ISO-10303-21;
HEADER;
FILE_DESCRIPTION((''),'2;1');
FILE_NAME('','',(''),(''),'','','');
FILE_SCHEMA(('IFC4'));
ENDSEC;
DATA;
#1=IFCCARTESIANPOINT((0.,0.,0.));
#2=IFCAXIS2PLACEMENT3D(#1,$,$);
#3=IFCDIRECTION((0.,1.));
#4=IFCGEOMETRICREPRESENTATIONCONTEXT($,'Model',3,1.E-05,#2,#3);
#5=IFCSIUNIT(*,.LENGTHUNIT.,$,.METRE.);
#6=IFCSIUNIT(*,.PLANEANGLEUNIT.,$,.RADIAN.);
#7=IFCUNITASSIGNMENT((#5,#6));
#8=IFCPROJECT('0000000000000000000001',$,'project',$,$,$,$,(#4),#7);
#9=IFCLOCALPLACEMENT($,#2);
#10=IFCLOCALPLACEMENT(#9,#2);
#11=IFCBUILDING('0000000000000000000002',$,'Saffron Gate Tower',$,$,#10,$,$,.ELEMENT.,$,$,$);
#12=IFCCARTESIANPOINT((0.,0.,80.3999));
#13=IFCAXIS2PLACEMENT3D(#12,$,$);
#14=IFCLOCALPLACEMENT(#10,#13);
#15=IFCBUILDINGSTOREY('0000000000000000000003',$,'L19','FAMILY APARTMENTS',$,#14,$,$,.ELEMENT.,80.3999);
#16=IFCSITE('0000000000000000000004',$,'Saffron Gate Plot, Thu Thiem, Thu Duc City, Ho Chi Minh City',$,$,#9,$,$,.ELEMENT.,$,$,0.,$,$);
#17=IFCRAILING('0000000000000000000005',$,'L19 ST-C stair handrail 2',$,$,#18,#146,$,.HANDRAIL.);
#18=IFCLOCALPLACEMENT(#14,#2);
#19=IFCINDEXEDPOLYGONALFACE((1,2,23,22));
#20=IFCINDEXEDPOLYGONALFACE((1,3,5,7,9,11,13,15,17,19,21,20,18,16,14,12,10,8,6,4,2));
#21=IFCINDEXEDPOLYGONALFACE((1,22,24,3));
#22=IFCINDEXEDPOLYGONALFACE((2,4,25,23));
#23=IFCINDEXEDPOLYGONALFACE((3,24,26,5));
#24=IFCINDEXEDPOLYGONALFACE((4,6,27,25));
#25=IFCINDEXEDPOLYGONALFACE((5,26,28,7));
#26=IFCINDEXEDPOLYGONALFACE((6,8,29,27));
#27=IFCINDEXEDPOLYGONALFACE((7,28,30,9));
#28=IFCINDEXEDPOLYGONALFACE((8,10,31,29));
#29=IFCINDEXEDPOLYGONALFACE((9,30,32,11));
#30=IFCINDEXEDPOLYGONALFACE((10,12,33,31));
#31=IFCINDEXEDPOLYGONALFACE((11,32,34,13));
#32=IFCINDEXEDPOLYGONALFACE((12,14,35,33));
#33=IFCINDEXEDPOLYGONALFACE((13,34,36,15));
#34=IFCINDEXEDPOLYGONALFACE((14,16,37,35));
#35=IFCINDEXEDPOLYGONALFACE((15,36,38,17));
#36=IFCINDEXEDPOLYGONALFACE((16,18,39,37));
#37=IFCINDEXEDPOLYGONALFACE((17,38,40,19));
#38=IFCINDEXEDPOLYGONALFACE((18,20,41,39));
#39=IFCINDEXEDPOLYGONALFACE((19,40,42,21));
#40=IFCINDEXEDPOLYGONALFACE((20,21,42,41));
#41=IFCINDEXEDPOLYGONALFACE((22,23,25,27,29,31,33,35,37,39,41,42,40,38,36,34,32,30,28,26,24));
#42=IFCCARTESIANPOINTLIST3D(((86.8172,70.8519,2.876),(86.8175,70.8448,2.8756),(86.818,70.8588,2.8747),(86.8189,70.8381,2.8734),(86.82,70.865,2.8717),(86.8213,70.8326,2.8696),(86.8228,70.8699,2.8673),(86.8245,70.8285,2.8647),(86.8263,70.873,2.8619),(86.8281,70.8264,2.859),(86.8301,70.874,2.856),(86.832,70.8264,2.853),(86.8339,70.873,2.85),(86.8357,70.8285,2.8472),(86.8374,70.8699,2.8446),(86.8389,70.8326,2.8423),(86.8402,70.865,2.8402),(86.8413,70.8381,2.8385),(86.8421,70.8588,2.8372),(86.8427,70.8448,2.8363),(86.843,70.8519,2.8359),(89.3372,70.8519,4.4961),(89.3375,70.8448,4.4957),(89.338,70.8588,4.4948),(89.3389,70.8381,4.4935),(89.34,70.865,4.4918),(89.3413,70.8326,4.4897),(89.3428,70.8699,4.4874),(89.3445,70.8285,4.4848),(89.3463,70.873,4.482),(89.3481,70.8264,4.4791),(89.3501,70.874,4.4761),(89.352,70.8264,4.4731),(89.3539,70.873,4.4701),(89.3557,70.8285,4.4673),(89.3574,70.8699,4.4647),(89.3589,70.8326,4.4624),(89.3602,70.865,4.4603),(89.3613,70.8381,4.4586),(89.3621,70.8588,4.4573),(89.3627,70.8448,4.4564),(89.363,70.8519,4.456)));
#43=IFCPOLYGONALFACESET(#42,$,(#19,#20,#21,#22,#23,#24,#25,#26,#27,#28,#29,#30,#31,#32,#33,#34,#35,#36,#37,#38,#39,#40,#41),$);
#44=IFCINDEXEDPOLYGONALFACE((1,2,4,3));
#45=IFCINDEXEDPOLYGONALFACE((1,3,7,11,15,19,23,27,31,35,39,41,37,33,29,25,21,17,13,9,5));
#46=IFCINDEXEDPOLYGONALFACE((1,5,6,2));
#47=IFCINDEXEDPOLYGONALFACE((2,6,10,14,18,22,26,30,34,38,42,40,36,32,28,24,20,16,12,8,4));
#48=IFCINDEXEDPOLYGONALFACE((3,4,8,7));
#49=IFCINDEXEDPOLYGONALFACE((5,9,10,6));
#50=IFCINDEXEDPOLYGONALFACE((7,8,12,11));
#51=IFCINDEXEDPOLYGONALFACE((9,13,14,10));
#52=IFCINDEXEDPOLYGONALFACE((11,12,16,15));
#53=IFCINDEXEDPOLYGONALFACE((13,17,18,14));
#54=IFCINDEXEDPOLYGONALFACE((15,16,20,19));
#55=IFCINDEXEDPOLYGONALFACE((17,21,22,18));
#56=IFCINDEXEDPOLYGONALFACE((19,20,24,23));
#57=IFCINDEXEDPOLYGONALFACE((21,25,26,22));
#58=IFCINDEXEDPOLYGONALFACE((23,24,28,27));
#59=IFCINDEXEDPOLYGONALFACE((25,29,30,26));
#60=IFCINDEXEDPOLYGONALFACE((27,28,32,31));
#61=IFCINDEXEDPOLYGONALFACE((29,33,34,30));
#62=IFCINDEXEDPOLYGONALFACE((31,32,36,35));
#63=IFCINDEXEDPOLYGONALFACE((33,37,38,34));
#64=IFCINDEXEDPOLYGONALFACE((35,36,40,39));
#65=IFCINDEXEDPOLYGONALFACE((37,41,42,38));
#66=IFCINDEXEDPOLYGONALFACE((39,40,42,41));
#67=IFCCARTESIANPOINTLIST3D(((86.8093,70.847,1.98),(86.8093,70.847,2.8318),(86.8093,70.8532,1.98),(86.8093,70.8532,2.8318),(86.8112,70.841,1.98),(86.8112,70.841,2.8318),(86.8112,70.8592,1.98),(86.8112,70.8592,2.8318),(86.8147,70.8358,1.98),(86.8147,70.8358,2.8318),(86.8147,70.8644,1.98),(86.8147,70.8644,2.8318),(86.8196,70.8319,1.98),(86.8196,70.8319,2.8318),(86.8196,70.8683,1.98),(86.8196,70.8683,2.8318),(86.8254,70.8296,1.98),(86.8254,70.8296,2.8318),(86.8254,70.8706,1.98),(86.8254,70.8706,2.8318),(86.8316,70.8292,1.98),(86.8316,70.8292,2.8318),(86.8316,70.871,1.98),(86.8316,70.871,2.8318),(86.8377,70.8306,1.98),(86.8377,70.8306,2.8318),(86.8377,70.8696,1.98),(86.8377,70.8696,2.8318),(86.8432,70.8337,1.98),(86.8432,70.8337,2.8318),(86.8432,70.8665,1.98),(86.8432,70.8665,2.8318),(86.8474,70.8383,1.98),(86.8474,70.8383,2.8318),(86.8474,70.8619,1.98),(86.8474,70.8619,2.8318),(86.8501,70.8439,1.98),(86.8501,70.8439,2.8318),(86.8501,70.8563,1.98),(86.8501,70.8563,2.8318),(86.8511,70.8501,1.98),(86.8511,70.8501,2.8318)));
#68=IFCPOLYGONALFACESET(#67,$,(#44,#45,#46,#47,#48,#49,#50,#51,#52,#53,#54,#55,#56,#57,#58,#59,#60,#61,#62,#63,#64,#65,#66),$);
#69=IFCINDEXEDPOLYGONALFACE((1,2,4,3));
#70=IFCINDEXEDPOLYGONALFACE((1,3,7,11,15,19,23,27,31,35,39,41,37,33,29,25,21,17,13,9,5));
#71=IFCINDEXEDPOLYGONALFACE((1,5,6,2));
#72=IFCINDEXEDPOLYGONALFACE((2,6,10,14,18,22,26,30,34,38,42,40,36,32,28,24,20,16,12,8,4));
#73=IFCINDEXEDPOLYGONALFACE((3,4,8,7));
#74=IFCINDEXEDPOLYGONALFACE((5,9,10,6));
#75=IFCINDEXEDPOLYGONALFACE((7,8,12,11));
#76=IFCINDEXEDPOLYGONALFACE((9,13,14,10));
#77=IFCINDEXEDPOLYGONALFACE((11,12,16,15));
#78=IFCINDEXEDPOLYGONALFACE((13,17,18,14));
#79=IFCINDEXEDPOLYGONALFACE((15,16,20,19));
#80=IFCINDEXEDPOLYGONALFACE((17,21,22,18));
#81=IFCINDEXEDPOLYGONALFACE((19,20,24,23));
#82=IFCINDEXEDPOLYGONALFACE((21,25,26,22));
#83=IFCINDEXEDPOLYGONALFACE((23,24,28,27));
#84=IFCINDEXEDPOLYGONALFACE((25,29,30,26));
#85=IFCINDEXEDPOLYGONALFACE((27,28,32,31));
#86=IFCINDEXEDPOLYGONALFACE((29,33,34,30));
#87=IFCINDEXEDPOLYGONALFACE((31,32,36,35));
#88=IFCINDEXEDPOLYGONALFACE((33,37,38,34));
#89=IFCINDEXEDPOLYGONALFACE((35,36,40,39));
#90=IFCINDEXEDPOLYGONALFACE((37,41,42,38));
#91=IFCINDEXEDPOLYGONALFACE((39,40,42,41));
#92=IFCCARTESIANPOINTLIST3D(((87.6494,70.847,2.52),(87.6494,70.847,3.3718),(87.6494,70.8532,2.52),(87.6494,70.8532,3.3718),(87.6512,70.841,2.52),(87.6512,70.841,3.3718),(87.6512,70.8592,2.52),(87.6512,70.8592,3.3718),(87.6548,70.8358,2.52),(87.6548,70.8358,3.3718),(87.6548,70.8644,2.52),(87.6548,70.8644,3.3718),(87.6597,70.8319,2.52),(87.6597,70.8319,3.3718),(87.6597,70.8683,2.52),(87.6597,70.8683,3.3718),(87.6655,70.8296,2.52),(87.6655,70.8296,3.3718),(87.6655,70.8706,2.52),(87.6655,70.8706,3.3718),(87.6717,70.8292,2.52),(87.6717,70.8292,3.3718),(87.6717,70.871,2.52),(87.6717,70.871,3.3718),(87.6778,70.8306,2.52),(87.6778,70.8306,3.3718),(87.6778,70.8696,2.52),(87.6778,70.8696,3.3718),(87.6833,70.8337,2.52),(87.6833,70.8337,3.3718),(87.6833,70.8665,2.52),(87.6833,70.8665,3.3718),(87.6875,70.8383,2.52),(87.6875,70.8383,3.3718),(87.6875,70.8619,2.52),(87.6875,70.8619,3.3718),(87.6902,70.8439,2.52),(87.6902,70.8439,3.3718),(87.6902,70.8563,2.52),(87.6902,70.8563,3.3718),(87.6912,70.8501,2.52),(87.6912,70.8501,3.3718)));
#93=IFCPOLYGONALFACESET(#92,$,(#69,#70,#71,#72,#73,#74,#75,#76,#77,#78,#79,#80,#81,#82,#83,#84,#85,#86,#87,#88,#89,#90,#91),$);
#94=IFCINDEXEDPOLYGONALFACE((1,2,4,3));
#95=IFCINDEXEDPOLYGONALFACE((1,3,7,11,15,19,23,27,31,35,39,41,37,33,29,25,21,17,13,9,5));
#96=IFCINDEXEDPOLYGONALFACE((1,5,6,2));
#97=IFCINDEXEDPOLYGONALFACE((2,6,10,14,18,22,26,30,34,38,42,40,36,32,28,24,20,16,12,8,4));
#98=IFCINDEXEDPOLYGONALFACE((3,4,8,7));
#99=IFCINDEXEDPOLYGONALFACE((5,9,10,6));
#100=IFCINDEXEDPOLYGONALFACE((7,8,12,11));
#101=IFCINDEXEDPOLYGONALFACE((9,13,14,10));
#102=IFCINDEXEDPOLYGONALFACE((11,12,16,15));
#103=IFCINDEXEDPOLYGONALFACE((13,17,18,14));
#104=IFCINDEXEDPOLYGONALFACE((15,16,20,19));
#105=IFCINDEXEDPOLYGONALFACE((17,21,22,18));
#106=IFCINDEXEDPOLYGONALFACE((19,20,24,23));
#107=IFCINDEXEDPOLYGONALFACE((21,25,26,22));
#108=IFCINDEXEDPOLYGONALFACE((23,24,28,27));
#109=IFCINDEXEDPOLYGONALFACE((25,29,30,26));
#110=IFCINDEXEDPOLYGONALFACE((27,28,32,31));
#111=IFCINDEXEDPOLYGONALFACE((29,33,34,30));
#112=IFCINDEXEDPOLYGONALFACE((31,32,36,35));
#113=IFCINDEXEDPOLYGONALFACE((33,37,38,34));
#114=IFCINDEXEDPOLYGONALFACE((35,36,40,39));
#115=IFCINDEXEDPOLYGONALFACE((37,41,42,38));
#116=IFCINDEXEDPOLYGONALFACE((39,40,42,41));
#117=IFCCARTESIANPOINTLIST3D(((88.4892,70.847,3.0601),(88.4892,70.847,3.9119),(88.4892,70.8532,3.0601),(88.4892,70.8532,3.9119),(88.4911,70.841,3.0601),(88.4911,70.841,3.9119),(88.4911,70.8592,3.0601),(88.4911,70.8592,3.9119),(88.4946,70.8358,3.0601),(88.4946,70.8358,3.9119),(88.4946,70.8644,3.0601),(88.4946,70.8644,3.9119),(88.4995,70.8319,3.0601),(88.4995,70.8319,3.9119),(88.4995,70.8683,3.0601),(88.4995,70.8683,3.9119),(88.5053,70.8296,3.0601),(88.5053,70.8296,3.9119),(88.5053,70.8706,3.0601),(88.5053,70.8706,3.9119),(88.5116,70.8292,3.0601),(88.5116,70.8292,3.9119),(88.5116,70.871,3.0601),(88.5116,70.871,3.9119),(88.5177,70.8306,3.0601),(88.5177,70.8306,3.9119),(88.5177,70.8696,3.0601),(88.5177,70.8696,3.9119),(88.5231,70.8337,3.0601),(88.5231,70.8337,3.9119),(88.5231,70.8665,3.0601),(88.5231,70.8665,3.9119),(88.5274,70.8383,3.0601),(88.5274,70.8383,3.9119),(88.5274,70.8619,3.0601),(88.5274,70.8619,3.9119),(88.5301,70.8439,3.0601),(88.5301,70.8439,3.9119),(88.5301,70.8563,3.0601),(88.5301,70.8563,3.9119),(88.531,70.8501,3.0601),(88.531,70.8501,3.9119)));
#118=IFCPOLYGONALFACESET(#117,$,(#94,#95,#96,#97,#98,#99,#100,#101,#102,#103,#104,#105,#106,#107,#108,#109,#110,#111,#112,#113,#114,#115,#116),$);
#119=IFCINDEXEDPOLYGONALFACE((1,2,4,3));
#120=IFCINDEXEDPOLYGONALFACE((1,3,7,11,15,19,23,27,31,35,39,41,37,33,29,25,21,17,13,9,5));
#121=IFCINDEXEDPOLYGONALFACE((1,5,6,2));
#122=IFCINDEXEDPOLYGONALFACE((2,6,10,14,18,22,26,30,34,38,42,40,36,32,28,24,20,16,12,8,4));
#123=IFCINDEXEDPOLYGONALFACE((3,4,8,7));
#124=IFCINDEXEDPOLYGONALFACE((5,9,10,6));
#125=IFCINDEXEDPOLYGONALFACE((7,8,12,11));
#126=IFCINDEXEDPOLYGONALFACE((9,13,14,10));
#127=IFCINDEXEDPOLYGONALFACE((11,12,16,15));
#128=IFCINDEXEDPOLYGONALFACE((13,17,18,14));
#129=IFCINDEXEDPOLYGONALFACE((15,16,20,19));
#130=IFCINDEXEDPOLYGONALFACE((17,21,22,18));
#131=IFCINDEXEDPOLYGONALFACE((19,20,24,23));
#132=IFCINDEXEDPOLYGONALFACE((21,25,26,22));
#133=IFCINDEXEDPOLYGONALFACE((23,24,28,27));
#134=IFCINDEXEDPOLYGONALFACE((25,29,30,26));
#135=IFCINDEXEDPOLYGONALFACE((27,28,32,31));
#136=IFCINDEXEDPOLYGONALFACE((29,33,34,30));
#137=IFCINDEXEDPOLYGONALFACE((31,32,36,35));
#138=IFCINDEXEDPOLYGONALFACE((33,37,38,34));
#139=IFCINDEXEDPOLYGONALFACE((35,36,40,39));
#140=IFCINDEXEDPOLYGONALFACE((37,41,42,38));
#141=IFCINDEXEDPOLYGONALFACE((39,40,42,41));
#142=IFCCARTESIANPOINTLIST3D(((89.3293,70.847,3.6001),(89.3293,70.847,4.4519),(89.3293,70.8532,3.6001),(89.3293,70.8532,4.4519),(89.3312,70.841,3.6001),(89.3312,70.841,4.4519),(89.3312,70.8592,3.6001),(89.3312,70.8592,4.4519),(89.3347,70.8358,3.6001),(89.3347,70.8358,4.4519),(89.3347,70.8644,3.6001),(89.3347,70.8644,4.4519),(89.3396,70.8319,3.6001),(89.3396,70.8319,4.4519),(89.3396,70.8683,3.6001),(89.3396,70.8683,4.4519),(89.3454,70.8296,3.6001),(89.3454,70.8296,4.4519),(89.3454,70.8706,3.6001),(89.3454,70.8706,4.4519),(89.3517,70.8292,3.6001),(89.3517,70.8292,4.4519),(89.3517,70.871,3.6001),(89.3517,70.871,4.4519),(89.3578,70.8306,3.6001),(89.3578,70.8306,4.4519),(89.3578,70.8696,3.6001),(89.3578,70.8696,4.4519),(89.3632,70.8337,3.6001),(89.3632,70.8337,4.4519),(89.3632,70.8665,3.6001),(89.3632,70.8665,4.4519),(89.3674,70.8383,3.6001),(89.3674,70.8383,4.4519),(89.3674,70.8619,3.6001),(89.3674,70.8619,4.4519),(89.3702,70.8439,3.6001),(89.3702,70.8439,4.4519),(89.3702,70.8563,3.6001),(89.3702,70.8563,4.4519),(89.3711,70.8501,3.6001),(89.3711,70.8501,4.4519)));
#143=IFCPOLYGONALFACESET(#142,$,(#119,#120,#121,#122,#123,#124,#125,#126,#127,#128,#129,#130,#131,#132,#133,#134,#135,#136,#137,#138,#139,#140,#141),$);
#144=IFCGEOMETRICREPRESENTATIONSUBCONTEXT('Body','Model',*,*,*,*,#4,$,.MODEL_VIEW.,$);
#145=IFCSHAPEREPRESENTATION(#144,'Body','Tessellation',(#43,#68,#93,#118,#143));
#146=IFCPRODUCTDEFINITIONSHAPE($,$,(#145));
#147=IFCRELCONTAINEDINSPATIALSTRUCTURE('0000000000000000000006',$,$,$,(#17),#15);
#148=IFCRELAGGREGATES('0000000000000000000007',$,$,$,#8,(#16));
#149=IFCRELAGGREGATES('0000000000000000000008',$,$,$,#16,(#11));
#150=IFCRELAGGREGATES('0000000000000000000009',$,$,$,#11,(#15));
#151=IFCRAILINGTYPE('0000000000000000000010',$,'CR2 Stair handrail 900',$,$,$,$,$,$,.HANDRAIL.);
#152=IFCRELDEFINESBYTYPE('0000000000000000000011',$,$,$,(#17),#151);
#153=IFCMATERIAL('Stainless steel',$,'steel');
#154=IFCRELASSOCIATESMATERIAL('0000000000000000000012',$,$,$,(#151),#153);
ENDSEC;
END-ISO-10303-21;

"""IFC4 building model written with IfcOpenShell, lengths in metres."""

from ifc_helpers import new_model, si_unit, direction, frame, origin, origin_2d, place, context, subcontext, project, spatial, circle, extrude, material, type_object, element, save


model = new_model("IFC4")

# Units and contexts
model_context = context("Model", 3, precision=1e-05, world=origin(), true_north=direction((0.0, 1.0)))
body_context = subcontext(model_context, "Body", "Model", "MODEL_VIEW")
ifc_project = project(units=[si_unit("LENGTHUNIT", "METRE"), si_unit("PLANEANGLEUNIT", "RADIAN")], contexts=[model_context])

# Site, building, storey
site_placement = place(None, origin())
site = spatial("IfcSite", under=ifc_project, at=site_placement, Name="Saffron Gate Plot, Thu Thiem, Thu Duc City, Ho Chi Minh City", CompositionType="ELEMENT", RefElevation=0.0)
building_placement = place(site_placement, origin())
building = spatial("IfcBuilding", under=site, at=building_placement, Name="Saffron Gate Tower", CompositionType="ELEMENT")
storey_placement = place(building_placement, frame((0.0, 0.0, 80.3999)))
storey = spatial("IfcBuildingStorey", under=building, at=storey_placement, Name="L19", Description="FAMILY APARTMENTS", CompositionType="ELEMENT", Elevation=80.3999)

# Railing
ifc_material_1 = material(Name="Stainless steel", Category="steel")
railing_type_1 = type_object("IfcRailingType", Name="CR2 Stair handrail 900", PredefinedType="HANDRAIL", material=ifc_material_1)
railing_1_placement = place(storey_placement, frame((86.8301, 70.8501, 1.98)))
element("IfcRailing", 1, at=railing_1_placement, inside=storey, type_object=railing_type_1, Name="L19 ST-C stair handrail 2", PredefinedType="HANDRAIL", context=body_context, shape_type="SweptSolid", body=[
    extrude(circle(Radius=0.0239, at=origin_2d()), frame((0.0, 0.0, 0.876), z_axis=(0.841163, 0.0, 0.540782), x_axis=(0.0, 1.0, 0.0)), (0.0, 0.0, 1.0), 2.9958),
    extrude(circle(Radius=0.021, at=origin_2d()), origin(), (0.0, 0.0, 1.0), 0.8518),
    extrude(circle(Radius=0.021, at=origin_2d()), frame((0.8401, 0.0, 0.54)), (0.0, 0.0, 1.0), 0.8518),
    extrude(circle(Radius=0.021, at=origin_2d()), frame((1.6799, 0.0, 1.0801)), (0.0, 0.0, 1.0), 0.8518),
    extrude(circle(Radius=0.021, at=origin_2d()), frame((2.52, 0.0, 1.6201)), (0.0, 0.0, 1.0), 0.8518),
])

save(model, "model.ifc")
